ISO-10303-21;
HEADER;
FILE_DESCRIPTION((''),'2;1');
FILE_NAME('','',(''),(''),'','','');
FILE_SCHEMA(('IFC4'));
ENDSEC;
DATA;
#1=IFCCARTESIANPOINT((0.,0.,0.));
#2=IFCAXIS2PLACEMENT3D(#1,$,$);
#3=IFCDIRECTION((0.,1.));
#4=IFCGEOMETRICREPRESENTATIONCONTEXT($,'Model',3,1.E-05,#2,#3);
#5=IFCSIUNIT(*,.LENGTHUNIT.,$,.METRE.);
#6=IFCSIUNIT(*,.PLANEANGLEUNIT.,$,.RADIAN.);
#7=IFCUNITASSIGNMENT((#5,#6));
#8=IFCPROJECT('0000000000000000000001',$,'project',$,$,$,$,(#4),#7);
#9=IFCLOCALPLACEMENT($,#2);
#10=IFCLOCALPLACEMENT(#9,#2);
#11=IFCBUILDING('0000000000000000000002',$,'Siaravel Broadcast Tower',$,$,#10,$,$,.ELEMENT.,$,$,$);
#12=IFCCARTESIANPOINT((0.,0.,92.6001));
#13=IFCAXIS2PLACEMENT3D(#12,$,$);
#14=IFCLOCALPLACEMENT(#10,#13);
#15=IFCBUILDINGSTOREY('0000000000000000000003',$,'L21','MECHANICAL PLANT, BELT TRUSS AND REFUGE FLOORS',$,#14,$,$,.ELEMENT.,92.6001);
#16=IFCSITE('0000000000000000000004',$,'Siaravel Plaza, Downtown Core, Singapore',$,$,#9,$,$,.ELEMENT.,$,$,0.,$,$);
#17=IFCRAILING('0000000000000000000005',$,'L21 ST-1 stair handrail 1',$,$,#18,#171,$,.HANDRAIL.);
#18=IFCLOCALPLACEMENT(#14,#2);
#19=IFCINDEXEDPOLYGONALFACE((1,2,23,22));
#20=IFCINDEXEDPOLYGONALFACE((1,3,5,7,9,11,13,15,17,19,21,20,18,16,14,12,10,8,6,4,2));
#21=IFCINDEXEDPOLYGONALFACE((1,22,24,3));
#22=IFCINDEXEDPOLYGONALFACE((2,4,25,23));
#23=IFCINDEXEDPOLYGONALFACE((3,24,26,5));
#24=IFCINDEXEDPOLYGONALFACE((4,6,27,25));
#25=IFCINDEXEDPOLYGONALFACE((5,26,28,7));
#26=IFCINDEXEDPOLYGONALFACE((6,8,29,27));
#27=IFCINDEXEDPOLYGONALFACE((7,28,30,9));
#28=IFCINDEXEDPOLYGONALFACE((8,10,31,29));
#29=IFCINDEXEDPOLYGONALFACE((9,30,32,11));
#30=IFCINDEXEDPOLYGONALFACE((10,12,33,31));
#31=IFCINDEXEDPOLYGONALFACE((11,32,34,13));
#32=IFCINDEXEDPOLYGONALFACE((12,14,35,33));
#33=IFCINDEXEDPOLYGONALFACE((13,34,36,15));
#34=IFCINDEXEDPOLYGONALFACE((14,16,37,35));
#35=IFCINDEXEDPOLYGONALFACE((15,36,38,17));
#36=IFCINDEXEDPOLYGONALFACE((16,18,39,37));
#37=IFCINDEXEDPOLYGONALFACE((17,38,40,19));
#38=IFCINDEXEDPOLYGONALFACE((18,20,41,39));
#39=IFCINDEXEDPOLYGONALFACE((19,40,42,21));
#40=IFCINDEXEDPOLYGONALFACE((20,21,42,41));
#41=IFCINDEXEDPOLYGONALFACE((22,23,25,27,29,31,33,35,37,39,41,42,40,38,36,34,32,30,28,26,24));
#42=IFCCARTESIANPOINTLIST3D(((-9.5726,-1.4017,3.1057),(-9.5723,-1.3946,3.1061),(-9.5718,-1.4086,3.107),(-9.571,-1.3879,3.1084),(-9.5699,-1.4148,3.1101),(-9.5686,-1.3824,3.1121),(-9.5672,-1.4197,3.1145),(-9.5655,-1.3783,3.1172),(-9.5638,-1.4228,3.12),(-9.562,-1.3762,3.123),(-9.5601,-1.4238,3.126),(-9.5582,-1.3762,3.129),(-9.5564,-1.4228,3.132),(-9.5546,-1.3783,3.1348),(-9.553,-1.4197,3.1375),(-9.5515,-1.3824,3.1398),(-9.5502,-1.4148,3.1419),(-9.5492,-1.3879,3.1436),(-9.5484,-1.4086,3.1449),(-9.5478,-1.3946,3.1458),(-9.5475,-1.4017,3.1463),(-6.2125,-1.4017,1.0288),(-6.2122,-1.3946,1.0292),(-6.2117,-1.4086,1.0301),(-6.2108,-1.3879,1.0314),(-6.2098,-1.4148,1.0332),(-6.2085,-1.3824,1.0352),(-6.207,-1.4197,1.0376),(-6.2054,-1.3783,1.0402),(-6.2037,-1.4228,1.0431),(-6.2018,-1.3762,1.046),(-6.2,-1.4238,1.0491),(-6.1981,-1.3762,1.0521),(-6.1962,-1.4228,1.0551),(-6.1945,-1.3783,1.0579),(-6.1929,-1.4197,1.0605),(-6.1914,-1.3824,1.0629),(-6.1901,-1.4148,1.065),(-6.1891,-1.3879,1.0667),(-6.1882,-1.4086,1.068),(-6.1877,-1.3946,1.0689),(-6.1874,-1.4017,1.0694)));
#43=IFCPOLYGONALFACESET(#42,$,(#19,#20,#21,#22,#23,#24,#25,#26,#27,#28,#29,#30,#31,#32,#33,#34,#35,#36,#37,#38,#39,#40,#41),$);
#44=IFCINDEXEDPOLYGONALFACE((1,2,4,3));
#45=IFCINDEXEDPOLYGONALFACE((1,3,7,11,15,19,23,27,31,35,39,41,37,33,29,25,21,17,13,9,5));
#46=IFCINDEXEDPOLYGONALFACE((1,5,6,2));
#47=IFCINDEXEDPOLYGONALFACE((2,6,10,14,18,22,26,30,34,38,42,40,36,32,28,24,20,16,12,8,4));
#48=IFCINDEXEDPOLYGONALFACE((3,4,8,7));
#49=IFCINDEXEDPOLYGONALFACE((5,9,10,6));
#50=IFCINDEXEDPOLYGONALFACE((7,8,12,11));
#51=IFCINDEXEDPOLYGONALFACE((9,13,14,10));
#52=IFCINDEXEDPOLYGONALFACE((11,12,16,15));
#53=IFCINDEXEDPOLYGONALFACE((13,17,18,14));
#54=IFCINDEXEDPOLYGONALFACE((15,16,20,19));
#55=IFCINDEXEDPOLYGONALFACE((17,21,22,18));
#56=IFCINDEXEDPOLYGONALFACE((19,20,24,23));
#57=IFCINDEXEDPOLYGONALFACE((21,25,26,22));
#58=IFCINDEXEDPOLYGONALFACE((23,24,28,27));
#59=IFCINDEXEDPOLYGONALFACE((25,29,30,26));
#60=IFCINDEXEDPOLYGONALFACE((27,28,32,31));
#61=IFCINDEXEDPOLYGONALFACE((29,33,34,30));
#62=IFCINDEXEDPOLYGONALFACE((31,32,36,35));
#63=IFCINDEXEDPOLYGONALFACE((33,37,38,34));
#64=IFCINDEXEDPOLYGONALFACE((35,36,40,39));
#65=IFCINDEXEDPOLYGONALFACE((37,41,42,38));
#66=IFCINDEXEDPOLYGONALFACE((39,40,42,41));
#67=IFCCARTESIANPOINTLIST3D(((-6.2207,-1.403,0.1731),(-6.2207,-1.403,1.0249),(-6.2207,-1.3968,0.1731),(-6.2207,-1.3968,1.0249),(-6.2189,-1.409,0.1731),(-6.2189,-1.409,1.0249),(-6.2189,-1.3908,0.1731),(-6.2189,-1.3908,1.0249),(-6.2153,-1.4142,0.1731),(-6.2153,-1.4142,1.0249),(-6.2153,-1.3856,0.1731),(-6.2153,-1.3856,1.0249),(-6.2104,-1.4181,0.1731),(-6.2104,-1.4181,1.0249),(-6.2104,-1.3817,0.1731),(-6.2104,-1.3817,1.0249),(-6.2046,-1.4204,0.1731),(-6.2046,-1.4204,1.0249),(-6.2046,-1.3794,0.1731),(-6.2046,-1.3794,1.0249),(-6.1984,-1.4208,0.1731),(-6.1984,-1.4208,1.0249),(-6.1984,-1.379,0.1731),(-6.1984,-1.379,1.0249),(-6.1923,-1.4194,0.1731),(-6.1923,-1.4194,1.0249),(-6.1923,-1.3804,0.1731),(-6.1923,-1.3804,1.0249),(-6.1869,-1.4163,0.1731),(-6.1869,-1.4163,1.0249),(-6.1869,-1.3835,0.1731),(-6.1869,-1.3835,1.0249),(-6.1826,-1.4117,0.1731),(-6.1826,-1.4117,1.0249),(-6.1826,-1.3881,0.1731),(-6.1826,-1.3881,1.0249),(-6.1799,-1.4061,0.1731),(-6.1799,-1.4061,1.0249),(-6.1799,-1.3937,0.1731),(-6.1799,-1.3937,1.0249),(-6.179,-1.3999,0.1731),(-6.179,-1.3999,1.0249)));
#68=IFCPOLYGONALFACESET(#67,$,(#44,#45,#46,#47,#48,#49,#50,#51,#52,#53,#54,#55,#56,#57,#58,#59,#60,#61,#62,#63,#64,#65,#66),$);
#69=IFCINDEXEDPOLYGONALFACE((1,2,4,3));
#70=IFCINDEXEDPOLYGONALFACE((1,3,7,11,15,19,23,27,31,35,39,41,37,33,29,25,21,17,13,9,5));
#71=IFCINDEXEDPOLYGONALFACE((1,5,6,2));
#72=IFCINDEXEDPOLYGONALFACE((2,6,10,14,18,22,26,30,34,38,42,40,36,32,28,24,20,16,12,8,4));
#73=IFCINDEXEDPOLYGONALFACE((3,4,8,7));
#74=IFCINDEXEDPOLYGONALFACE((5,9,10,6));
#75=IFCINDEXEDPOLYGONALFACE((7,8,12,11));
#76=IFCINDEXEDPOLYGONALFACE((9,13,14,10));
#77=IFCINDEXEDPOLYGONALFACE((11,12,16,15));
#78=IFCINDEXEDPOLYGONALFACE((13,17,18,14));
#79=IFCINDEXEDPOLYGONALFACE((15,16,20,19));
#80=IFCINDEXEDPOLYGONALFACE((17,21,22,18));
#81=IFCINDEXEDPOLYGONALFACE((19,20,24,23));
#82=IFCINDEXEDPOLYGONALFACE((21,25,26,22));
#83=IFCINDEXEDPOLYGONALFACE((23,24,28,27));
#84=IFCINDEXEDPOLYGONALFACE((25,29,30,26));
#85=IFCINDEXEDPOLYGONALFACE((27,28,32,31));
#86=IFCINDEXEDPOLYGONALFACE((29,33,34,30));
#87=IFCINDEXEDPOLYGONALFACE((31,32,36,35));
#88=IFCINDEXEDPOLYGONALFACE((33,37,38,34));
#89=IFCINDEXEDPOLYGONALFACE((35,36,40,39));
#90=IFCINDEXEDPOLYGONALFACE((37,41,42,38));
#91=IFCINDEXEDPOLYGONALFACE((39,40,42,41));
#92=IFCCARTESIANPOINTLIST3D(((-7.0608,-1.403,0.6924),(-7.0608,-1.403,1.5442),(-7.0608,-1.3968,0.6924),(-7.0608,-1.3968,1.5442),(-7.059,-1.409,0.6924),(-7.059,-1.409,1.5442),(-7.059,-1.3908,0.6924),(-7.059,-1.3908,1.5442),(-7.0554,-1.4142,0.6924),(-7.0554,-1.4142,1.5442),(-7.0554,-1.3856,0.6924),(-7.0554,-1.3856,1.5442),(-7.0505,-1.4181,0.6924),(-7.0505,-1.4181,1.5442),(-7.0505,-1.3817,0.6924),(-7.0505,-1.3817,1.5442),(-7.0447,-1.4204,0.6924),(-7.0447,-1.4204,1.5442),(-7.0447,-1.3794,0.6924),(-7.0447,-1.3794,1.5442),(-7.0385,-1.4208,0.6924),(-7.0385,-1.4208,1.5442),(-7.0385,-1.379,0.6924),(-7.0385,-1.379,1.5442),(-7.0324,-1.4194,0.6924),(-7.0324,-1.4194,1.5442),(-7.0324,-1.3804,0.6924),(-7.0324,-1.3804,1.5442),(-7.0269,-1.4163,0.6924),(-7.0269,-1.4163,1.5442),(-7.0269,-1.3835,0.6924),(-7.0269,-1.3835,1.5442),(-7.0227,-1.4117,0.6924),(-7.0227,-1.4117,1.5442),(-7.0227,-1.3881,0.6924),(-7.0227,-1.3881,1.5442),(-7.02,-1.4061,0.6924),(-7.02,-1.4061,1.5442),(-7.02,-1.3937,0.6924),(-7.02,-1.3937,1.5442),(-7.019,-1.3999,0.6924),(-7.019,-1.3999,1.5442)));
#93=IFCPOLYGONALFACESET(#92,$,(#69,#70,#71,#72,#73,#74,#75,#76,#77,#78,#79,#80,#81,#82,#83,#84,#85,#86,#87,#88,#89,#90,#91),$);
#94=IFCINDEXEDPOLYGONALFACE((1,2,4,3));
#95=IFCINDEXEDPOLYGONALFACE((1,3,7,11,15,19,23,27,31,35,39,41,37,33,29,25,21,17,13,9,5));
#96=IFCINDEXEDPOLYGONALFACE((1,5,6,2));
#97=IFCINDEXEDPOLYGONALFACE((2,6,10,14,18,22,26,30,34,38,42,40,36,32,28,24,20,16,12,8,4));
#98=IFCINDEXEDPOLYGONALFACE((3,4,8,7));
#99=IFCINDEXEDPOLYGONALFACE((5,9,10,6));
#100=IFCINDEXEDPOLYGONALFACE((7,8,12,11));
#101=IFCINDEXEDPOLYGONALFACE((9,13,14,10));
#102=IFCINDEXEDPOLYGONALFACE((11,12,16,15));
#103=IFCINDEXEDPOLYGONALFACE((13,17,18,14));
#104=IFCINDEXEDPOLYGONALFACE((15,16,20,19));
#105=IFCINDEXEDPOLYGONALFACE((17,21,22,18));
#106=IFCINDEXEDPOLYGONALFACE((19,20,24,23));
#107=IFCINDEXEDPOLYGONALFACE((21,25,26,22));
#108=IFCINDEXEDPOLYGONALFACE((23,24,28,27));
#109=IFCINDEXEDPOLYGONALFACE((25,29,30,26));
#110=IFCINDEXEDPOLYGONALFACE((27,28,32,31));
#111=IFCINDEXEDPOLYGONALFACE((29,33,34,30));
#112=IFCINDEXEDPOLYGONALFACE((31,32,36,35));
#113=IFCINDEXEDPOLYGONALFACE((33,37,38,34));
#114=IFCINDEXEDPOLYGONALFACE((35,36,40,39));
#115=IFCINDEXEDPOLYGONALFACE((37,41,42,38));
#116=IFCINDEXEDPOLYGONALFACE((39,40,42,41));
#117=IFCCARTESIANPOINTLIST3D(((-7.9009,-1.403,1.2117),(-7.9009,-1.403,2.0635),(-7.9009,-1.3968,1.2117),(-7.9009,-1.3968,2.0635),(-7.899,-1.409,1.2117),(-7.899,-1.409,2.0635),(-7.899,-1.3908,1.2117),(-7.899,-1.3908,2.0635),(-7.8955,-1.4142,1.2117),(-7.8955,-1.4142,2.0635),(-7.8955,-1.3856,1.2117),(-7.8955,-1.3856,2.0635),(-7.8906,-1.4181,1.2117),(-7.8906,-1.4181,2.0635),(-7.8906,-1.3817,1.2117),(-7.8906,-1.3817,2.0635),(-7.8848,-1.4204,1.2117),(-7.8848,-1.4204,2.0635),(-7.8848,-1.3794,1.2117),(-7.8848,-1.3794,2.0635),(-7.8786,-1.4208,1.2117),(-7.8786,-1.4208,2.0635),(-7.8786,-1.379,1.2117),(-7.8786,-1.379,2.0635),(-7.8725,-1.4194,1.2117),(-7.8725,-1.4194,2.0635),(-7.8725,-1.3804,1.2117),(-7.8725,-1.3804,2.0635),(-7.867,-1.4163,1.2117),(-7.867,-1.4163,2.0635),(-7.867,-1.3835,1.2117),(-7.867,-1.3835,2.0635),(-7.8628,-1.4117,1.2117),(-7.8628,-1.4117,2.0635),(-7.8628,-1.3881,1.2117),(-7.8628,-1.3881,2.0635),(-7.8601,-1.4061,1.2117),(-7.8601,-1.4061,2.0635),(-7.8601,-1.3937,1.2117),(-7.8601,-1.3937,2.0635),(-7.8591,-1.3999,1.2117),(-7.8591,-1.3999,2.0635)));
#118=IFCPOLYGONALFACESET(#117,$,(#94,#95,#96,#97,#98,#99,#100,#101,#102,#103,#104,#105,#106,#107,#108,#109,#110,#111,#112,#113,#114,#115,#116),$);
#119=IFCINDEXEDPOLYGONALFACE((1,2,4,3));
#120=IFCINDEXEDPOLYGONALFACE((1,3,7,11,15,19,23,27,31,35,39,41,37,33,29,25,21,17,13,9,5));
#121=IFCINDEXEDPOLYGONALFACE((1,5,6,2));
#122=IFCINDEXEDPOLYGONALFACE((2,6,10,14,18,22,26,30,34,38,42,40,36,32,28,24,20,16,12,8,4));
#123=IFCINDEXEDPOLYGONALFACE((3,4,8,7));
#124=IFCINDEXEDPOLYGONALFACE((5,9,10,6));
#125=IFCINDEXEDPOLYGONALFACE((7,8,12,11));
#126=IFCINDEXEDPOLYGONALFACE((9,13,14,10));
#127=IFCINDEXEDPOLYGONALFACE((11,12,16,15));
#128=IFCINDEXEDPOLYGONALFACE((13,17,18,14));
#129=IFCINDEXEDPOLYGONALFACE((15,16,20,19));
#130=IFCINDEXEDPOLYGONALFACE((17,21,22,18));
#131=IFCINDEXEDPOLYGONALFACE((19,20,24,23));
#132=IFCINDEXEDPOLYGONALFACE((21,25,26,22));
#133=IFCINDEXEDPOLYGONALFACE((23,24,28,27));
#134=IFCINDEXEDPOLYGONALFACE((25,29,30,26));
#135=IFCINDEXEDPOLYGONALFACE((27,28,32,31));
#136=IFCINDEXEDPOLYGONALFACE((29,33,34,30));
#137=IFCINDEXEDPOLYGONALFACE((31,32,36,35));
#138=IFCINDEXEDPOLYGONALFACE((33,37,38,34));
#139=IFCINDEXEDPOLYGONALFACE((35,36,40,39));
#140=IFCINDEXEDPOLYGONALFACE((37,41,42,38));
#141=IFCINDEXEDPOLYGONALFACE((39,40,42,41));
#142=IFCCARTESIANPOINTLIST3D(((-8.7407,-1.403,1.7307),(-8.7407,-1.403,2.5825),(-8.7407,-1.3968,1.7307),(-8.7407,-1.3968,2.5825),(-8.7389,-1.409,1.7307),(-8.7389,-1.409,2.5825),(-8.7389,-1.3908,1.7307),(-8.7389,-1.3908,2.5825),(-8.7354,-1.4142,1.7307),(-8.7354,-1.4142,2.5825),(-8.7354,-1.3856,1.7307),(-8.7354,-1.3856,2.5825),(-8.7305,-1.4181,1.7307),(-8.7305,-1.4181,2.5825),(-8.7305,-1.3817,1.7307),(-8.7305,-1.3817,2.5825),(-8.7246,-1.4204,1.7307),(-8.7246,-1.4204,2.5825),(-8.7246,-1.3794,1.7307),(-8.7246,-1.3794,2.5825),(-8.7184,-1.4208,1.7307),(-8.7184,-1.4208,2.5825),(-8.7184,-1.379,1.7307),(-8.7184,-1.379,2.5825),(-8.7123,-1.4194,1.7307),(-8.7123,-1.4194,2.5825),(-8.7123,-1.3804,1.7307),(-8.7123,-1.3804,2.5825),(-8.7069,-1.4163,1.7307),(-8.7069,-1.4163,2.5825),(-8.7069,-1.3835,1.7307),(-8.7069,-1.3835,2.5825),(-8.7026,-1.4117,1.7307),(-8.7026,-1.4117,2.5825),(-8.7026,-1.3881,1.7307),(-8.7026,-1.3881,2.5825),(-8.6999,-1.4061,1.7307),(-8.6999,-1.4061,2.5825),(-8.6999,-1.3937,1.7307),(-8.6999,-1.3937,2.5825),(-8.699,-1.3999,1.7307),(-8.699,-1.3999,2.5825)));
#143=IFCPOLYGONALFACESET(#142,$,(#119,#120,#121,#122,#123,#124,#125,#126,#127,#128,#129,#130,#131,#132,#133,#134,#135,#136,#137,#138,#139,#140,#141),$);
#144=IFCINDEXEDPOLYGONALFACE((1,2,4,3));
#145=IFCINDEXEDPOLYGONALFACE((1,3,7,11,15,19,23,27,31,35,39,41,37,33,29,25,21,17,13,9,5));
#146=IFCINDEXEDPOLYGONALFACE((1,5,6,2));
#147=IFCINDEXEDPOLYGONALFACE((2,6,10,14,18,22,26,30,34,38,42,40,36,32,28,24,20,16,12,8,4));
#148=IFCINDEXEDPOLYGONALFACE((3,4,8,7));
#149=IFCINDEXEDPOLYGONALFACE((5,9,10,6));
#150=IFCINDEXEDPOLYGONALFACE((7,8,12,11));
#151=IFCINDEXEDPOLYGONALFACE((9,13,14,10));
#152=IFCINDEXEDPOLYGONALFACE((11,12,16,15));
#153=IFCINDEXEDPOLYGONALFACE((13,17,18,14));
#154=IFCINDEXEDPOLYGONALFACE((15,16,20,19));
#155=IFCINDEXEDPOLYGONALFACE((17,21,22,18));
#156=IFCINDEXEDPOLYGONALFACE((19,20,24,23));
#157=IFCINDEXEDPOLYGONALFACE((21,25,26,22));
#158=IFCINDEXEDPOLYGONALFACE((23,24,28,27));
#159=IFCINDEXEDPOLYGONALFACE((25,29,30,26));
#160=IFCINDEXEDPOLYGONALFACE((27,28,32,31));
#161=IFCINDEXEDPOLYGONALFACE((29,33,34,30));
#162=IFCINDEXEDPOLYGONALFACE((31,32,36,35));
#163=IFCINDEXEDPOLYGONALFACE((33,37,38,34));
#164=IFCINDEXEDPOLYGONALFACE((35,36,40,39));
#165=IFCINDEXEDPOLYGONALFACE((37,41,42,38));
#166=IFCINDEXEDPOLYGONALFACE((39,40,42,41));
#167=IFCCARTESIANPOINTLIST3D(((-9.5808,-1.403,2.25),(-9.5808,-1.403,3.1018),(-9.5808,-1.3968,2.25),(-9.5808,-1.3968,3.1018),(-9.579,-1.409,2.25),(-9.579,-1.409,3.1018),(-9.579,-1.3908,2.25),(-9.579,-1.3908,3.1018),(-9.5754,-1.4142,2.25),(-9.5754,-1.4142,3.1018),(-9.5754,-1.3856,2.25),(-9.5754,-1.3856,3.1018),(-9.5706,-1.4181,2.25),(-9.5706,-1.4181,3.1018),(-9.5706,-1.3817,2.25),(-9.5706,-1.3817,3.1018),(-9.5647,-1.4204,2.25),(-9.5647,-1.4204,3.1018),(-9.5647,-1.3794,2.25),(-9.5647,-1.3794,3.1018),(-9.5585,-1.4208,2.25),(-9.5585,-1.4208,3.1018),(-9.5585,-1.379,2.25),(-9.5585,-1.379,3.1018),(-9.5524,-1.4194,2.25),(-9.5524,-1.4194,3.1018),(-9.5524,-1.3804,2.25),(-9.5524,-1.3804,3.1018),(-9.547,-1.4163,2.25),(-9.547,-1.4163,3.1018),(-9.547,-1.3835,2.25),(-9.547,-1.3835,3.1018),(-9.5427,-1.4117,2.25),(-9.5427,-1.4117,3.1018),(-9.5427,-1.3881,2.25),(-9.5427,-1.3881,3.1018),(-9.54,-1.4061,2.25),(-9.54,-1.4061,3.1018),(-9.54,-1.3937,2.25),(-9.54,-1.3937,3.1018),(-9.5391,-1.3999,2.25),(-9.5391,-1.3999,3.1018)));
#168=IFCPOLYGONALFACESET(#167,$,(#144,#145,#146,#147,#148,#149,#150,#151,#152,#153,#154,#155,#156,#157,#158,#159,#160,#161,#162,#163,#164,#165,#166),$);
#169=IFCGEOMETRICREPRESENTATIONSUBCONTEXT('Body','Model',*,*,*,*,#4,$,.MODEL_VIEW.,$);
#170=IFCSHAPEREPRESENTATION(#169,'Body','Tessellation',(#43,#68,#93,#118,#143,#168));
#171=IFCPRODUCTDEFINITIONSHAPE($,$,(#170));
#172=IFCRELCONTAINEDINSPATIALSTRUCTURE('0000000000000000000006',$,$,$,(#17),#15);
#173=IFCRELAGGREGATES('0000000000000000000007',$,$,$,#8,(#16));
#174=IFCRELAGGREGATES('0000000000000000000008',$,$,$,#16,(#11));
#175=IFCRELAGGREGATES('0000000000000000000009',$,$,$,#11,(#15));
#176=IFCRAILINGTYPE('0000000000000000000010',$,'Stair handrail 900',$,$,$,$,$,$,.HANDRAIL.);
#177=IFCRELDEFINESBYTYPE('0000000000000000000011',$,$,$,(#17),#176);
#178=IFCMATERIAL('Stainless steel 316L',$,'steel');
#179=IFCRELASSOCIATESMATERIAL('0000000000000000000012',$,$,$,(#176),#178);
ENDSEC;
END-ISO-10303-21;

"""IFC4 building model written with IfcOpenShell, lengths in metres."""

from ifc_helpers import new_model, si_unit, direction, frame, origin, origin_2d, place, context, subcontext, project, spatial, circle, extrude, material, type_object, element, save


model = new_model("IFC4")

# Units and contexts
model_context = context("Model", 3, precision=1e-05, world=origin(), true_north=direction((0.0, 1.0)))
body_context = subcontext(model_context, "Body", "Model", "MODEL_VIEW")
ifc_project = project(units=[si_unit("LENGTHUNIT", "METRE"), si_unit("PLANEANGLEUNIT", "RADIAN")], contexts=[model_context])

# Site, building, storey
site_placement = place(None, origin())
site = spatial("IfcSite", under=ifc_project, at=site_placement, Name="Siaravel Plaza, Downtown Core, Singapore", CompositionType="ELEMENT", RefElevation=0.0)
building_placement = place(site_placement, origin())
building = spatial("IfcBuilding", under=site, at=building_placement, Name="Siaravel Broadcast Tower", CompositionType="ELEMENT")
storey_placement = place(building_placement, frame((0.0, 0.0, 92.6001)))
storey = spatial("IfcBuildingStorey", under=building, at=storey_placement, Name="L21", Description="MECHANICAL PLANT, BELT TRUSS AND REFUGE FLOORS", CompositionType="ELEMENT", Elevation=92.6001)

# Shared definitions
ifc_material_1 = material(Name="Stainless steel 316L", Category="steel")

# Railing
railing_type_1 = type_object("IfcRailingType", Name="Stair handrail 900", PredefinedType="HANDRAIL", material=ifc_material_1)
railing_1_placement = place(storey_placement, frame((-6.2, -1.3999, 0.1731)))
element("IfcRailing", 1, at=railing_1_placement, inside=storey, type_object=railing_type_1, Name="L21 ST-1 stair handrail 1", PredefinedType="HANDRAIL", context=body_context, shape_type="SweptSolid", body=[
    extrude(circle(Radius=0.0239, at=origin_2d()), frame((0.0, 0.0, 0.876), z_axis=(-0.850623, 0.0, 0.525776), x_axis=(0.0, -1.0, 0.0)), (0.0, 0.0, 1.0), 3.9502),
    extrude(circle(Radius=0.021, at=origin_2d()), origin(), (0.0, 0.0, 1.0), 0.8518),
    extrude(circle(Radius=0.021, at=origin_2d()), frame((-0.8401, 0.0, 0.5193)), (0.0, 0.0, 1.0), 0.8518),
    extrude(circle(Radius=0.021, at=origin_2d()), frame((-1.6802, 0.0, 1.0386)), (0.0, 0.0, 1.0), 0.8518),
    extrude(circle(Radius=0.021, at=origin_2d()), frame((-2.52, 0.0, 1.5576)), (0.0, 0.0, 1.0), 0.8518),
    extrude(circle(Radius=0.021, at=origin_2d()), frame((-3.3601, 0.0, 2.0769)), (0.0, 0.0, 1.0), 0.8518),
])

save(model, "model.ifc")
